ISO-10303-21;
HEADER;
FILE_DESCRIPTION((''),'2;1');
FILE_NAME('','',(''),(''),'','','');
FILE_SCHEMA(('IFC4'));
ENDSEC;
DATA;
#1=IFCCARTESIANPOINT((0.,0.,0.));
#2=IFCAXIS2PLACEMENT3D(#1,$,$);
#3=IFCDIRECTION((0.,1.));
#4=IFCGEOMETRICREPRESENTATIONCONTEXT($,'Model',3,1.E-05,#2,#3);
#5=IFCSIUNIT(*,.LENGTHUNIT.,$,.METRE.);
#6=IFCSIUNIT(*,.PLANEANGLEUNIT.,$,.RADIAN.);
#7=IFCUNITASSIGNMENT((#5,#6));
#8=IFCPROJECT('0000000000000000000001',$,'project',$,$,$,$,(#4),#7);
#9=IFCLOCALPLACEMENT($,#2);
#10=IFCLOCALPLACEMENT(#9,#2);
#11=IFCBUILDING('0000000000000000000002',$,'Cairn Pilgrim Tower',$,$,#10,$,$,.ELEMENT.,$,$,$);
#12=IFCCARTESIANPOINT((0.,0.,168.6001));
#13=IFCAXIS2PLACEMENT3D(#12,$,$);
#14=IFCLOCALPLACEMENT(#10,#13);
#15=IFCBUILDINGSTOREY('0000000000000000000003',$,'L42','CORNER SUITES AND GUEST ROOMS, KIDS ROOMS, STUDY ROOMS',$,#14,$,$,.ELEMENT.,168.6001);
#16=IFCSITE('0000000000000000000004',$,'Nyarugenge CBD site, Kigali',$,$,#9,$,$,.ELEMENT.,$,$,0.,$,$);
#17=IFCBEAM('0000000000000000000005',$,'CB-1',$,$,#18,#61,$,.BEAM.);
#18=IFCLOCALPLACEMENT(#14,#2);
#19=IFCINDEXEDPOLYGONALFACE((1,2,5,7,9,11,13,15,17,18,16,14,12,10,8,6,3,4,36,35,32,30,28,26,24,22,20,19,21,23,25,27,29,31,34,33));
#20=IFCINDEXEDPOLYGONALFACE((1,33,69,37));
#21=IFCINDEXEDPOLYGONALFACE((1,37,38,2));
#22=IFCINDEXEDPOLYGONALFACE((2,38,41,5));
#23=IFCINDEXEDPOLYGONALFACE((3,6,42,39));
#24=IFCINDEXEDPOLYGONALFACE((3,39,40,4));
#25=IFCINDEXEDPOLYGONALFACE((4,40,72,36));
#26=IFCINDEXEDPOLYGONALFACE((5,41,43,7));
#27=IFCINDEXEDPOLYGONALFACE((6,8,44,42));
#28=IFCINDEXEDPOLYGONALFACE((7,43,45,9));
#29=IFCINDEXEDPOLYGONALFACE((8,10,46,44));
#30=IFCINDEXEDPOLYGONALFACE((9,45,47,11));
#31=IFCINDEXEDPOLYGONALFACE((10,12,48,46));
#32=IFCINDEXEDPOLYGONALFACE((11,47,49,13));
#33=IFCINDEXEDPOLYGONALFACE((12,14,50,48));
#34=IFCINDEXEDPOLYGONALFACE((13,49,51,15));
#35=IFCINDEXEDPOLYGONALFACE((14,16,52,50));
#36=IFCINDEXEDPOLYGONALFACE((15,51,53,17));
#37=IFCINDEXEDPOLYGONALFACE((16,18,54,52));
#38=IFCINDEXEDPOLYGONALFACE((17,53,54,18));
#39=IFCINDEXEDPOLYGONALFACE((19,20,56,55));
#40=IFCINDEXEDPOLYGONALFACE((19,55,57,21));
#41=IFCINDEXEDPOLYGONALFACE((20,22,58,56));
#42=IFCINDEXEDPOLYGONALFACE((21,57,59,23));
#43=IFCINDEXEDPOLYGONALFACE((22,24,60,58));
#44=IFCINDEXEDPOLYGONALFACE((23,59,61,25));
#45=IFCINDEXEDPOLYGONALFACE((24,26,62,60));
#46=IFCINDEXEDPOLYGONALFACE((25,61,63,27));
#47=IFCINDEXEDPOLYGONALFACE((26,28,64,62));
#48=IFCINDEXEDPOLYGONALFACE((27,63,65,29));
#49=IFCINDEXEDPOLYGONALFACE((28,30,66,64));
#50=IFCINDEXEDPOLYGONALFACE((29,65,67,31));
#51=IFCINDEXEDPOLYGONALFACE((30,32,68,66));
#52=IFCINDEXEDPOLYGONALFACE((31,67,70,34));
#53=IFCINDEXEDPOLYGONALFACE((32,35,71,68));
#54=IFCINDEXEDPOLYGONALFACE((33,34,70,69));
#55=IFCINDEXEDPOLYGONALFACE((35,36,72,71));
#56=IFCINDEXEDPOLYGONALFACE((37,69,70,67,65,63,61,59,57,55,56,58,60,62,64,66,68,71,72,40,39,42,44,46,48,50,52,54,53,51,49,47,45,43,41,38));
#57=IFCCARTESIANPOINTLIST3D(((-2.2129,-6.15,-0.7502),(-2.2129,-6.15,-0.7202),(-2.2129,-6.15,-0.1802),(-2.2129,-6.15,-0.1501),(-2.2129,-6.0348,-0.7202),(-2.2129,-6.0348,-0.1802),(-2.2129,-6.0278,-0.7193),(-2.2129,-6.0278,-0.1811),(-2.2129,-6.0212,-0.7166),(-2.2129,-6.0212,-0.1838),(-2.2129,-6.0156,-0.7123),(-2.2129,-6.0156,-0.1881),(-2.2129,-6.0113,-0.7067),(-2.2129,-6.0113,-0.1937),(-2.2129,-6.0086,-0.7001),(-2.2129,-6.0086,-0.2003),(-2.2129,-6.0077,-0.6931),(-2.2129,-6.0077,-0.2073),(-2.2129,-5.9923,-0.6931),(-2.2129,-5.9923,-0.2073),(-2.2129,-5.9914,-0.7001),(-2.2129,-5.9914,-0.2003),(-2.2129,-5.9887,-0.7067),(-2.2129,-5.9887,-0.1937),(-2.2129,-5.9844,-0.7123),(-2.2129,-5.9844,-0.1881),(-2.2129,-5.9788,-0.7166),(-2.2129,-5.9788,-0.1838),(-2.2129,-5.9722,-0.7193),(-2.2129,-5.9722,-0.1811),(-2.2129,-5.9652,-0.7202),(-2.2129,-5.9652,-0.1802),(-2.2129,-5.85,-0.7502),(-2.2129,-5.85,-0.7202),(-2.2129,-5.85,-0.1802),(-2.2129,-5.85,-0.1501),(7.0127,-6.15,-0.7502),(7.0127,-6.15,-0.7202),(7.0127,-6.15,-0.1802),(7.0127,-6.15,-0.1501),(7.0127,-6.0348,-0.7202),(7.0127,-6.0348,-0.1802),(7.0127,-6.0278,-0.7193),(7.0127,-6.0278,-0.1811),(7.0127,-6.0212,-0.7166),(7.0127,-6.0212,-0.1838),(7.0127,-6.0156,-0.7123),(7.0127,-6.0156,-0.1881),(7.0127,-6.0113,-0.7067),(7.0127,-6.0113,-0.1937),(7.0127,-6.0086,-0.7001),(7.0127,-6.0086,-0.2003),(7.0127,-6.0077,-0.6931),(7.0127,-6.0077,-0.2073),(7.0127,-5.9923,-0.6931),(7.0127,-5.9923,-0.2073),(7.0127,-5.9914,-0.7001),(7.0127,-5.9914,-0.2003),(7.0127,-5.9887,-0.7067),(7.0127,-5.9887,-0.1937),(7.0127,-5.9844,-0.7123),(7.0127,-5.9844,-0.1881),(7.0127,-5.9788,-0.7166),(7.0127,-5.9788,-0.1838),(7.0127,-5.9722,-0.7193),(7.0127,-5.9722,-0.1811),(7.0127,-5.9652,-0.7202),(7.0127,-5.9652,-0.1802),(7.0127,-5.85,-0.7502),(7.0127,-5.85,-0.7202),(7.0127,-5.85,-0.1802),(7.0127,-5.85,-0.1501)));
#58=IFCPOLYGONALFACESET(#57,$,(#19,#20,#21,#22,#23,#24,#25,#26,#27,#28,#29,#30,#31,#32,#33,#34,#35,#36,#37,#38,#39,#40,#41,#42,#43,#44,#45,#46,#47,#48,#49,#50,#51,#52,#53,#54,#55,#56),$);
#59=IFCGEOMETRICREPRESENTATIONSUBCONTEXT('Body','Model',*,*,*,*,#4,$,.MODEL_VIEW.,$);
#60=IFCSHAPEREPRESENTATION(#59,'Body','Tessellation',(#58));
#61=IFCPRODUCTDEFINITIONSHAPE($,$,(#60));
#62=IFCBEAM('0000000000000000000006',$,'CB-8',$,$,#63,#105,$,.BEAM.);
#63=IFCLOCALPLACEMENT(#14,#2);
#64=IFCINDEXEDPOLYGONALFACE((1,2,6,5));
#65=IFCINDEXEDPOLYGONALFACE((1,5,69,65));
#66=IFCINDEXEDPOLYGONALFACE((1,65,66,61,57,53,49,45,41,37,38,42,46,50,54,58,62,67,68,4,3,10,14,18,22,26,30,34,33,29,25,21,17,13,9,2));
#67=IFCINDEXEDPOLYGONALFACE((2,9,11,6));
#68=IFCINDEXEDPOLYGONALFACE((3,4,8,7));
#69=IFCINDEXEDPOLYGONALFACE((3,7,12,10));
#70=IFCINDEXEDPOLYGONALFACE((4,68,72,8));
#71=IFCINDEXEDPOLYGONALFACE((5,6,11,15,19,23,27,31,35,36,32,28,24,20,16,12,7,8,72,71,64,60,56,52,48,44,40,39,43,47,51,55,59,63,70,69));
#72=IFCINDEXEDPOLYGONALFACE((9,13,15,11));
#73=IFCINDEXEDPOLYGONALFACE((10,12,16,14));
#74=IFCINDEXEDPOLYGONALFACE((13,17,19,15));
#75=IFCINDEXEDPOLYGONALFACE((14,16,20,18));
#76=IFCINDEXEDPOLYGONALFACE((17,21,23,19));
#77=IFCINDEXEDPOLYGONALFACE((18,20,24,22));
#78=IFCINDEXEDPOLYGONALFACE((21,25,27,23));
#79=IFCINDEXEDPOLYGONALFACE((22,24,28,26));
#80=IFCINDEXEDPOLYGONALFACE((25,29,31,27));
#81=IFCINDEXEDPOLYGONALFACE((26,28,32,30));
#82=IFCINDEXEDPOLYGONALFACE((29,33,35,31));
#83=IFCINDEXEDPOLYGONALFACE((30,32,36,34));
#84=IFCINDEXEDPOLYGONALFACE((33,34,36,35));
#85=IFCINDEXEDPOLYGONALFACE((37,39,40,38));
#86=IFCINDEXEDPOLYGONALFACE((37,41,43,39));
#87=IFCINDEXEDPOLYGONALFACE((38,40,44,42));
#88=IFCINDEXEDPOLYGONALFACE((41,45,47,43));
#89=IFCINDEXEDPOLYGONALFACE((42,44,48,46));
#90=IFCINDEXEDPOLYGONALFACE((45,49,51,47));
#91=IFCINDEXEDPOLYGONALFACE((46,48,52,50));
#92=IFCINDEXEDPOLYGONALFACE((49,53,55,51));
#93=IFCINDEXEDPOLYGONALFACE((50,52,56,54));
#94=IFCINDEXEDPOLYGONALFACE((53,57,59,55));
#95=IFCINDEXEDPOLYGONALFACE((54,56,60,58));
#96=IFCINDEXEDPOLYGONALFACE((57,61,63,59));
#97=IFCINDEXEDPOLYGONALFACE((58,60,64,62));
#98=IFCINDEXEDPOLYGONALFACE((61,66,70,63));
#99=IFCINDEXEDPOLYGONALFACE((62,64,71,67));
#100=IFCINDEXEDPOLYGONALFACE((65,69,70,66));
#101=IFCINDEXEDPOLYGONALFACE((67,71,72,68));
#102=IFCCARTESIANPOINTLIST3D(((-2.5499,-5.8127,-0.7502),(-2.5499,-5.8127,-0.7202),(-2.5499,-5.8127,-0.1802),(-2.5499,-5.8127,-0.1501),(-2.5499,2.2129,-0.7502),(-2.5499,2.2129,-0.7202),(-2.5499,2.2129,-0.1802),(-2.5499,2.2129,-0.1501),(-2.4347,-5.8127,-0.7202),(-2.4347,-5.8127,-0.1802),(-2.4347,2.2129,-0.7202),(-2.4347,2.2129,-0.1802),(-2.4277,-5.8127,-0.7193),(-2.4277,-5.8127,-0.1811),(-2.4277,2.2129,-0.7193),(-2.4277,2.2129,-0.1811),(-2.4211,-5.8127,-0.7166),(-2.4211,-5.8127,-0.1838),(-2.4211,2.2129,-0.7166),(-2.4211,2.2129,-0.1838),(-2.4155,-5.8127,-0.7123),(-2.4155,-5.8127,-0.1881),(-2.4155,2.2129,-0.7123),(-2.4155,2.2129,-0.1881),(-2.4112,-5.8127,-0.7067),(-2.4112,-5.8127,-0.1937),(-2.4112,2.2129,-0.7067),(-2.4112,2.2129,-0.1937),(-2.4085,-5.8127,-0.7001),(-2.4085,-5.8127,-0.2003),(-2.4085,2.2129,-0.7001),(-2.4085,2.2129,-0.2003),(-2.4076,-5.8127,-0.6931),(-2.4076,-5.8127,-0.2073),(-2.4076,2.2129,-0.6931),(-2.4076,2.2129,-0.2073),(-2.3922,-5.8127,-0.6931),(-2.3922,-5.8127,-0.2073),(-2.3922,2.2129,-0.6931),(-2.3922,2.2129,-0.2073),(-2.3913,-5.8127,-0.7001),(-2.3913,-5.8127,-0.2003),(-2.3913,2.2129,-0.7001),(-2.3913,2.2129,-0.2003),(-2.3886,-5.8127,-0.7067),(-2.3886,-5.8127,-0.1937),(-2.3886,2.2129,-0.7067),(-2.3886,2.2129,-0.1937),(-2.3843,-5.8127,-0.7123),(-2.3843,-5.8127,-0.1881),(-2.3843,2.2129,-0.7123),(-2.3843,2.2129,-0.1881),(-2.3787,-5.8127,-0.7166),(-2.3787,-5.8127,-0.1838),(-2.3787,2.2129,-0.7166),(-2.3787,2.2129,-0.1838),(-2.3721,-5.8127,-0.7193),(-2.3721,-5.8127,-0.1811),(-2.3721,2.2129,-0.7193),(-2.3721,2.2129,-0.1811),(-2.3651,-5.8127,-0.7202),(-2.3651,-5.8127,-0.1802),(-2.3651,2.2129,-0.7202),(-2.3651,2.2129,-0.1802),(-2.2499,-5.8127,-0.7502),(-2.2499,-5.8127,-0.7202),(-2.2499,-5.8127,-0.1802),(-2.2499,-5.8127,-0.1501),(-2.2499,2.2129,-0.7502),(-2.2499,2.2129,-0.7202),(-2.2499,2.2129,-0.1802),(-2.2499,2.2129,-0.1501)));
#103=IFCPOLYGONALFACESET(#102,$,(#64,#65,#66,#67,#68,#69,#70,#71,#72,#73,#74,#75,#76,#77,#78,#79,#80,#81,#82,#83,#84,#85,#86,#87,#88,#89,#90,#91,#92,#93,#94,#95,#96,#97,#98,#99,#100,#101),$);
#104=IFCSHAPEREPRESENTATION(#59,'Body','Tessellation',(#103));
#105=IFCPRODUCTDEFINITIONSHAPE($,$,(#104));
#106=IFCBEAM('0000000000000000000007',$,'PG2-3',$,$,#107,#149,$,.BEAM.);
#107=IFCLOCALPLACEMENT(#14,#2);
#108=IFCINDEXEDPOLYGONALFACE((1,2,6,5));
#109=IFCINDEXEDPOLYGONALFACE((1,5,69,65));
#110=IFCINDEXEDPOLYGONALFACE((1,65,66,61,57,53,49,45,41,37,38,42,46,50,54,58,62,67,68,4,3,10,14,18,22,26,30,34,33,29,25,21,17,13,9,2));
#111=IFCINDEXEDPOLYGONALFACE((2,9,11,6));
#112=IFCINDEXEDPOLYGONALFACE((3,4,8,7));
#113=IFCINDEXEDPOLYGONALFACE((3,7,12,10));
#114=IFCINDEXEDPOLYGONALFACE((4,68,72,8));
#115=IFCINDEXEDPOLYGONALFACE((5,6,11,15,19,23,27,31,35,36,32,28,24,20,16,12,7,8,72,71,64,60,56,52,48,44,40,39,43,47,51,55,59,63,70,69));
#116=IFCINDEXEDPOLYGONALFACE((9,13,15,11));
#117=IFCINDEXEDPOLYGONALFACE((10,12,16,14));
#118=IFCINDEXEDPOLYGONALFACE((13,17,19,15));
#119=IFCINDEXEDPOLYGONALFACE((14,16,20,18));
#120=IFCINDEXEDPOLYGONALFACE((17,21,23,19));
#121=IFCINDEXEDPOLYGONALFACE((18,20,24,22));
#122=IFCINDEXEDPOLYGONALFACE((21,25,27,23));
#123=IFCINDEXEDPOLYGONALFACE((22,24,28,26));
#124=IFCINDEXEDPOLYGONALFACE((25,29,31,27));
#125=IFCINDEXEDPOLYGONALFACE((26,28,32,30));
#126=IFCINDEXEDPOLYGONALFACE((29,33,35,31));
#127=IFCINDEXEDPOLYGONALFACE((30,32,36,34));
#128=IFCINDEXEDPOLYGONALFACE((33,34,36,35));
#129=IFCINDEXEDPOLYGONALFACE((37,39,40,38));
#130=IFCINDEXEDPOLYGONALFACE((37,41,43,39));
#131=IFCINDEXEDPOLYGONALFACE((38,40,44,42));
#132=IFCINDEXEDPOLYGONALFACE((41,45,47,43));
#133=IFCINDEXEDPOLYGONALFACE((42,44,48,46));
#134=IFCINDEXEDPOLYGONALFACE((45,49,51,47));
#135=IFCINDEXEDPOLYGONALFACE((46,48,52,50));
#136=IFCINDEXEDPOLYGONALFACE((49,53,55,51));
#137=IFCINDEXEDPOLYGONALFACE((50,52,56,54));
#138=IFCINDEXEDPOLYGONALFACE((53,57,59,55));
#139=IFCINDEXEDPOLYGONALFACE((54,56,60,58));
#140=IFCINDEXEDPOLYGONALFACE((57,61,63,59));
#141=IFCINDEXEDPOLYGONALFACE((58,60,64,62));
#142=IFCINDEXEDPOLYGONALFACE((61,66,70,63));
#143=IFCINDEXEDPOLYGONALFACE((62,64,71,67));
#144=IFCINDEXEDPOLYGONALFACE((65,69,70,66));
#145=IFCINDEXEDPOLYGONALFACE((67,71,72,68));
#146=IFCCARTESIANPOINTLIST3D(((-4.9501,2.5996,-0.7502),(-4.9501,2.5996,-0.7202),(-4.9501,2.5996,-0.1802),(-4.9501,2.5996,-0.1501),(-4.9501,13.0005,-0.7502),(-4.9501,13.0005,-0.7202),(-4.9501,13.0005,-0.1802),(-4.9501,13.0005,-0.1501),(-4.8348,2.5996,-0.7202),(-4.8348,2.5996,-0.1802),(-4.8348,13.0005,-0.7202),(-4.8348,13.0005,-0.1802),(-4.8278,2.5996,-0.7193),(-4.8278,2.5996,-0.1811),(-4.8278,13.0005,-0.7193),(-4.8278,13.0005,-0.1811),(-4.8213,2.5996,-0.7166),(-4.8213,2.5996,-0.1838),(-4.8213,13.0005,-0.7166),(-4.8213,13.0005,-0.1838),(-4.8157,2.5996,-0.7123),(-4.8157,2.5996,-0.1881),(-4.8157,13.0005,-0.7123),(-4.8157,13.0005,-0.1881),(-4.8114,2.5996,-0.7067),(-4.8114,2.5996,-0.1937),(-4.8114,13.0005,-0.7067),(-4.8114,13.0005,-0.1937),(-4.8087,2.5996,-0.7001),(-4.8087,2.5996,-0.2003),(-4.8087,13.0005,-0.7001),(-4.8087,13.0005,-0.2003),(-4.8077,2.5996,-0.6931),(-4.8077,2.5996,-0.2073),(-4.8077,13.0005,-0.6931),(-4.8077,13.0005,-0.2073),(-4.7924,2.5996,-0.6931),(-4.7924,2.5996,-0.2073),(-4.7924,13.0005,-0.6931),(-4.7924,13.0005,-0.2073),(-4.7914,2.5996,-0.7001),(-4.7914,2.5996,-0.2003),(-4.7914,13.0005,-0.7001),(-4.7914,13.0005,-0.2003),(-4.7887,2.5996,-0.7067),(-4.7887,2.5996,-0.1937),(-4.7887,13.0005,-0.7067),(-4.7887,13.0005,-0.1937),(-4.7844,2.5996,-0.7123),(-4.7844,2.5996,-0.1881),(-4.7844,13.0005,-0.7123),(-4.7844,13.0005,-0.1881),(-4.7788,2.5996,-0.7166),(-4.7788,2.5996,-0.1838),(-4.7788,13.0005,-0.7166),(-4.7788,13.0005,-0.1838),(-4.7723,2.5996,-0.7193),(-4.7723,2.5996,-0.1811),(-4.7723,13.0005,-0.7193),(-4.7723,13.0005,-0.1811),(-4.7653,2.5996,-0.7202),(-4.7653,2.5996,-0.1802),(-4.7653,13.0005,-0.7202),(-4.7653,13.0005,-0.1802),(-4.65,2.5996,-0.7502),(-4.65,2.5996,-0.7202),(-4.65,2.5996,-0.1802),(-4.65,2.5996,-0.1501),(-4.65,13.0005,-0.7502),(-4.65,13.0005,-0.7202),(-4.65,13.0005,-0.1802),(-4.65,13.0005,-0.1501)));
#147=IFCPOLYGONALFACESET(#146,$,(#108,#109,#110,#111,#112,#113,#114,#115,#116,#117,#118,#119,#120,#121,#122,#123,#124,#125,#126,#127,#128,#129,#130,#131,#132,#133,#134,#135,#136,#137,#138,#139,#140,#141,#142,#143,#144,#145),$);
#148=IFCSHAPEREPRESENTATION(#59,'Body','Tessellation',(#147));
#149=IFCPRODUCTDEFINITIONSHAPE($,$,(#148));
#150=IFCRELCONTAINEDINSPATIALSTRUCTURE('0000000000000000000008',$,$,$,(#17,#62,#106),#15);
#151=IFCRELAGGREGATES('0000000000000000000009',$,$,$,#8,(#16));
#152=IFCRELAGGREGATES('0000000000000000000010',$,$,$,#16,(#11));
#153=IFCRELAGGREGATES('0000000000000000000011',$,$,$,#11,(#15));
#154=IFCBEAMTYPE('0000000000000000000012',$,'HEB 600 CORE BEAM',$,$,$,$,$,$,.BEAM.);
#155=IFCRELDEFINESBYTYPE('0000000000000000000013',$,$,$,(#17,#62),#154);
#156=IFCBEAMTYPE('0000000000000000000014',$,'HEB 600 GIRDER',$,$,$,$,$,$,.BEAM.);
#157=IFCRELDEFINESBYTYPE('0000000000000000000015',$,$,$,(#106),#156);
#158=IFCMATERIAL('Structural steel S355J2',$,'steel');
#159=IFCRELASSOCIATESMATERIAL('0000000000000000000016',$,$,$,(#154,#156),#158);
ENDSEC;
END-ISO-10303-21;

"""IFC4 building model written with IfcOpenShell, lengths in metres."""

from ifc_helpers import new_model, si_unit, direction, frame, origin, origin_2d, place, context, subcontext, project, spatial, i_section, extrude, material, material_profile, profile_set, type_object, element, save


model = new_model("IFC4")

# Units and contexts
model_context = context("Model", 3, precision=1e-05, world=origin(), true_north=direction((0.0, 1.0)))
body_context = subcontext(model_context, "Body", "Model", "MODEL_VIEW")
ifc_project = project(units=[si_unit("LENGTHUNIT", "METRE"), si_unit("PLANEANGLEUNIT", "RADIAN")], contexts=[model_context])

# Site, building, storey
site_placement = place(None, origin())
site = spatial("IfcSite", under=ifc_project, at=site_placement, Name="Nyarugenge CBD site, Kigali", CompositionType="ELEMENT", RefElevation=0.0)
building_placement = place(site_placement, origin())
building = spatial("IfcBuilding", under=site, at=building_placement, Name="Cairn Pilgrim Tower", CompositionType="ELEMENT")
storey_placement = place(building_placement, frame((0.0, 0.0, 168.6001)))
storey = spatial("IfcBuildingStorey", under=building, at=storey_placement, Name="L42", Description="CORNER SUITES AND GUEST ROOMS, KIDS ROOMS, STUDY ROOMS", CompositionType="ELEMENT", Elevation=168.6001)

# Shared definitions
ifc_material_1 = material(Name="Structural steel S355J2", Category="steel")

# Beams
ifc_material_profile_1 = material_profile(ifc_material_1, i_section(OverallWidth=0.3, OverallDepth=0.6001, WebThickness=0.0154, FlangeThickness=0.03, FilletRadius=0.0271, at=origin_2d()), Name="HEB 600")
ifc_profile_set_1 = profile_set([ifc_material_profile_1], Name="Structural steel S355J2")
beam_type_1 = type_object("IfcBeamType", Name="HEB 600 CORE BEAM", PredefinedType="BEAM", material=ifc_profile_set_1)
beam_1_placement = place(storey_placement, frame((-2.2129, -6.0, -0.4502), z_axis=(1.0, 0.0, 0.0), x_axis=(0.0, 1.0, 0.0)))
element("IfcBeam", 1, at=beam_1_placement, inside=storey, type_object=beam_type_1, Name="CB-1", PredefinedType="BEAM", context=body_context, shape_type="SweptSolid", body=[
    extrude(i_section(OverallWidth=0.3, OverallDepth=0.6001, WebThickness=0.0154, FlangeThickness=0.03, FilletRadius=0.0271, at=origin_2d()), origin(), (0.0, 0.0, 1.0), 9.2256),
])
beam_2_placement = place(storey_placement, frame((-2.3999, 2.2129, -0.4502), z_axis=(0.0, -1.0, 0.0), x_axis=(1.0, 0.0, 0.0)))
element("IfcBeam", 2, at=beam_2_placement, inside=storey, type_object=beam_type_1, Name="CB-8", PredefinedType="BEAM", context=body_context, shape_type="SweptSolid", body=[
    extrude(i_section(OverallWidth=0.3, OverallDepth=0.6001, WebThickness=0.0154, FlangeThickness=0.03, FilletRadius=0.0271, at=origin_2d()), origin(), (0.0, 0.0, 1.0), 8.0256),
])
ifc_material_profile_2 = material_profile(ifc_material_1, i_section(OverallWidth=0.3, OverallDepth=0.6001, WebThickness=0.0154, FlangeThickness=0.03, FilletRadius=0.0271, at=origin_2d()), Name="HEB 600")
ifc_profile_set_2 = profile_set([ifc_material_profile_2], Name="Structural steel S355J2")
beam_type_2 = type_object("IfcBeamType", Name="HEB 600 GIRDER", PredefinedType="BEAM", material=ifc_profile_set_2)
beam_3_placement = place(storey_placement, frame((-4.8, 2.5996, -0.4502), z_axis=(0.0, 1.0, 0.0), x_axis=(-1.0, 0.0, 0.0)))
element("IfcBeam", 3, at=beam_3_placement, inside=storey, type_object=beam_type_2, Name="PG2-3", PredefinedType="BEAM", context=body_context, shape_type="SweptSolid", body=[
    extrude(i_section(OverallWidth=0.3, OverallDepth=0.6001, WebThickness=0.0154, FlangeThickness=0.03, FilletRadius=0.0271, at=origin_2d()), origin(), (0.0, 0.0, 1.0), 10.4009),
])

save(model, "model.ifc")
